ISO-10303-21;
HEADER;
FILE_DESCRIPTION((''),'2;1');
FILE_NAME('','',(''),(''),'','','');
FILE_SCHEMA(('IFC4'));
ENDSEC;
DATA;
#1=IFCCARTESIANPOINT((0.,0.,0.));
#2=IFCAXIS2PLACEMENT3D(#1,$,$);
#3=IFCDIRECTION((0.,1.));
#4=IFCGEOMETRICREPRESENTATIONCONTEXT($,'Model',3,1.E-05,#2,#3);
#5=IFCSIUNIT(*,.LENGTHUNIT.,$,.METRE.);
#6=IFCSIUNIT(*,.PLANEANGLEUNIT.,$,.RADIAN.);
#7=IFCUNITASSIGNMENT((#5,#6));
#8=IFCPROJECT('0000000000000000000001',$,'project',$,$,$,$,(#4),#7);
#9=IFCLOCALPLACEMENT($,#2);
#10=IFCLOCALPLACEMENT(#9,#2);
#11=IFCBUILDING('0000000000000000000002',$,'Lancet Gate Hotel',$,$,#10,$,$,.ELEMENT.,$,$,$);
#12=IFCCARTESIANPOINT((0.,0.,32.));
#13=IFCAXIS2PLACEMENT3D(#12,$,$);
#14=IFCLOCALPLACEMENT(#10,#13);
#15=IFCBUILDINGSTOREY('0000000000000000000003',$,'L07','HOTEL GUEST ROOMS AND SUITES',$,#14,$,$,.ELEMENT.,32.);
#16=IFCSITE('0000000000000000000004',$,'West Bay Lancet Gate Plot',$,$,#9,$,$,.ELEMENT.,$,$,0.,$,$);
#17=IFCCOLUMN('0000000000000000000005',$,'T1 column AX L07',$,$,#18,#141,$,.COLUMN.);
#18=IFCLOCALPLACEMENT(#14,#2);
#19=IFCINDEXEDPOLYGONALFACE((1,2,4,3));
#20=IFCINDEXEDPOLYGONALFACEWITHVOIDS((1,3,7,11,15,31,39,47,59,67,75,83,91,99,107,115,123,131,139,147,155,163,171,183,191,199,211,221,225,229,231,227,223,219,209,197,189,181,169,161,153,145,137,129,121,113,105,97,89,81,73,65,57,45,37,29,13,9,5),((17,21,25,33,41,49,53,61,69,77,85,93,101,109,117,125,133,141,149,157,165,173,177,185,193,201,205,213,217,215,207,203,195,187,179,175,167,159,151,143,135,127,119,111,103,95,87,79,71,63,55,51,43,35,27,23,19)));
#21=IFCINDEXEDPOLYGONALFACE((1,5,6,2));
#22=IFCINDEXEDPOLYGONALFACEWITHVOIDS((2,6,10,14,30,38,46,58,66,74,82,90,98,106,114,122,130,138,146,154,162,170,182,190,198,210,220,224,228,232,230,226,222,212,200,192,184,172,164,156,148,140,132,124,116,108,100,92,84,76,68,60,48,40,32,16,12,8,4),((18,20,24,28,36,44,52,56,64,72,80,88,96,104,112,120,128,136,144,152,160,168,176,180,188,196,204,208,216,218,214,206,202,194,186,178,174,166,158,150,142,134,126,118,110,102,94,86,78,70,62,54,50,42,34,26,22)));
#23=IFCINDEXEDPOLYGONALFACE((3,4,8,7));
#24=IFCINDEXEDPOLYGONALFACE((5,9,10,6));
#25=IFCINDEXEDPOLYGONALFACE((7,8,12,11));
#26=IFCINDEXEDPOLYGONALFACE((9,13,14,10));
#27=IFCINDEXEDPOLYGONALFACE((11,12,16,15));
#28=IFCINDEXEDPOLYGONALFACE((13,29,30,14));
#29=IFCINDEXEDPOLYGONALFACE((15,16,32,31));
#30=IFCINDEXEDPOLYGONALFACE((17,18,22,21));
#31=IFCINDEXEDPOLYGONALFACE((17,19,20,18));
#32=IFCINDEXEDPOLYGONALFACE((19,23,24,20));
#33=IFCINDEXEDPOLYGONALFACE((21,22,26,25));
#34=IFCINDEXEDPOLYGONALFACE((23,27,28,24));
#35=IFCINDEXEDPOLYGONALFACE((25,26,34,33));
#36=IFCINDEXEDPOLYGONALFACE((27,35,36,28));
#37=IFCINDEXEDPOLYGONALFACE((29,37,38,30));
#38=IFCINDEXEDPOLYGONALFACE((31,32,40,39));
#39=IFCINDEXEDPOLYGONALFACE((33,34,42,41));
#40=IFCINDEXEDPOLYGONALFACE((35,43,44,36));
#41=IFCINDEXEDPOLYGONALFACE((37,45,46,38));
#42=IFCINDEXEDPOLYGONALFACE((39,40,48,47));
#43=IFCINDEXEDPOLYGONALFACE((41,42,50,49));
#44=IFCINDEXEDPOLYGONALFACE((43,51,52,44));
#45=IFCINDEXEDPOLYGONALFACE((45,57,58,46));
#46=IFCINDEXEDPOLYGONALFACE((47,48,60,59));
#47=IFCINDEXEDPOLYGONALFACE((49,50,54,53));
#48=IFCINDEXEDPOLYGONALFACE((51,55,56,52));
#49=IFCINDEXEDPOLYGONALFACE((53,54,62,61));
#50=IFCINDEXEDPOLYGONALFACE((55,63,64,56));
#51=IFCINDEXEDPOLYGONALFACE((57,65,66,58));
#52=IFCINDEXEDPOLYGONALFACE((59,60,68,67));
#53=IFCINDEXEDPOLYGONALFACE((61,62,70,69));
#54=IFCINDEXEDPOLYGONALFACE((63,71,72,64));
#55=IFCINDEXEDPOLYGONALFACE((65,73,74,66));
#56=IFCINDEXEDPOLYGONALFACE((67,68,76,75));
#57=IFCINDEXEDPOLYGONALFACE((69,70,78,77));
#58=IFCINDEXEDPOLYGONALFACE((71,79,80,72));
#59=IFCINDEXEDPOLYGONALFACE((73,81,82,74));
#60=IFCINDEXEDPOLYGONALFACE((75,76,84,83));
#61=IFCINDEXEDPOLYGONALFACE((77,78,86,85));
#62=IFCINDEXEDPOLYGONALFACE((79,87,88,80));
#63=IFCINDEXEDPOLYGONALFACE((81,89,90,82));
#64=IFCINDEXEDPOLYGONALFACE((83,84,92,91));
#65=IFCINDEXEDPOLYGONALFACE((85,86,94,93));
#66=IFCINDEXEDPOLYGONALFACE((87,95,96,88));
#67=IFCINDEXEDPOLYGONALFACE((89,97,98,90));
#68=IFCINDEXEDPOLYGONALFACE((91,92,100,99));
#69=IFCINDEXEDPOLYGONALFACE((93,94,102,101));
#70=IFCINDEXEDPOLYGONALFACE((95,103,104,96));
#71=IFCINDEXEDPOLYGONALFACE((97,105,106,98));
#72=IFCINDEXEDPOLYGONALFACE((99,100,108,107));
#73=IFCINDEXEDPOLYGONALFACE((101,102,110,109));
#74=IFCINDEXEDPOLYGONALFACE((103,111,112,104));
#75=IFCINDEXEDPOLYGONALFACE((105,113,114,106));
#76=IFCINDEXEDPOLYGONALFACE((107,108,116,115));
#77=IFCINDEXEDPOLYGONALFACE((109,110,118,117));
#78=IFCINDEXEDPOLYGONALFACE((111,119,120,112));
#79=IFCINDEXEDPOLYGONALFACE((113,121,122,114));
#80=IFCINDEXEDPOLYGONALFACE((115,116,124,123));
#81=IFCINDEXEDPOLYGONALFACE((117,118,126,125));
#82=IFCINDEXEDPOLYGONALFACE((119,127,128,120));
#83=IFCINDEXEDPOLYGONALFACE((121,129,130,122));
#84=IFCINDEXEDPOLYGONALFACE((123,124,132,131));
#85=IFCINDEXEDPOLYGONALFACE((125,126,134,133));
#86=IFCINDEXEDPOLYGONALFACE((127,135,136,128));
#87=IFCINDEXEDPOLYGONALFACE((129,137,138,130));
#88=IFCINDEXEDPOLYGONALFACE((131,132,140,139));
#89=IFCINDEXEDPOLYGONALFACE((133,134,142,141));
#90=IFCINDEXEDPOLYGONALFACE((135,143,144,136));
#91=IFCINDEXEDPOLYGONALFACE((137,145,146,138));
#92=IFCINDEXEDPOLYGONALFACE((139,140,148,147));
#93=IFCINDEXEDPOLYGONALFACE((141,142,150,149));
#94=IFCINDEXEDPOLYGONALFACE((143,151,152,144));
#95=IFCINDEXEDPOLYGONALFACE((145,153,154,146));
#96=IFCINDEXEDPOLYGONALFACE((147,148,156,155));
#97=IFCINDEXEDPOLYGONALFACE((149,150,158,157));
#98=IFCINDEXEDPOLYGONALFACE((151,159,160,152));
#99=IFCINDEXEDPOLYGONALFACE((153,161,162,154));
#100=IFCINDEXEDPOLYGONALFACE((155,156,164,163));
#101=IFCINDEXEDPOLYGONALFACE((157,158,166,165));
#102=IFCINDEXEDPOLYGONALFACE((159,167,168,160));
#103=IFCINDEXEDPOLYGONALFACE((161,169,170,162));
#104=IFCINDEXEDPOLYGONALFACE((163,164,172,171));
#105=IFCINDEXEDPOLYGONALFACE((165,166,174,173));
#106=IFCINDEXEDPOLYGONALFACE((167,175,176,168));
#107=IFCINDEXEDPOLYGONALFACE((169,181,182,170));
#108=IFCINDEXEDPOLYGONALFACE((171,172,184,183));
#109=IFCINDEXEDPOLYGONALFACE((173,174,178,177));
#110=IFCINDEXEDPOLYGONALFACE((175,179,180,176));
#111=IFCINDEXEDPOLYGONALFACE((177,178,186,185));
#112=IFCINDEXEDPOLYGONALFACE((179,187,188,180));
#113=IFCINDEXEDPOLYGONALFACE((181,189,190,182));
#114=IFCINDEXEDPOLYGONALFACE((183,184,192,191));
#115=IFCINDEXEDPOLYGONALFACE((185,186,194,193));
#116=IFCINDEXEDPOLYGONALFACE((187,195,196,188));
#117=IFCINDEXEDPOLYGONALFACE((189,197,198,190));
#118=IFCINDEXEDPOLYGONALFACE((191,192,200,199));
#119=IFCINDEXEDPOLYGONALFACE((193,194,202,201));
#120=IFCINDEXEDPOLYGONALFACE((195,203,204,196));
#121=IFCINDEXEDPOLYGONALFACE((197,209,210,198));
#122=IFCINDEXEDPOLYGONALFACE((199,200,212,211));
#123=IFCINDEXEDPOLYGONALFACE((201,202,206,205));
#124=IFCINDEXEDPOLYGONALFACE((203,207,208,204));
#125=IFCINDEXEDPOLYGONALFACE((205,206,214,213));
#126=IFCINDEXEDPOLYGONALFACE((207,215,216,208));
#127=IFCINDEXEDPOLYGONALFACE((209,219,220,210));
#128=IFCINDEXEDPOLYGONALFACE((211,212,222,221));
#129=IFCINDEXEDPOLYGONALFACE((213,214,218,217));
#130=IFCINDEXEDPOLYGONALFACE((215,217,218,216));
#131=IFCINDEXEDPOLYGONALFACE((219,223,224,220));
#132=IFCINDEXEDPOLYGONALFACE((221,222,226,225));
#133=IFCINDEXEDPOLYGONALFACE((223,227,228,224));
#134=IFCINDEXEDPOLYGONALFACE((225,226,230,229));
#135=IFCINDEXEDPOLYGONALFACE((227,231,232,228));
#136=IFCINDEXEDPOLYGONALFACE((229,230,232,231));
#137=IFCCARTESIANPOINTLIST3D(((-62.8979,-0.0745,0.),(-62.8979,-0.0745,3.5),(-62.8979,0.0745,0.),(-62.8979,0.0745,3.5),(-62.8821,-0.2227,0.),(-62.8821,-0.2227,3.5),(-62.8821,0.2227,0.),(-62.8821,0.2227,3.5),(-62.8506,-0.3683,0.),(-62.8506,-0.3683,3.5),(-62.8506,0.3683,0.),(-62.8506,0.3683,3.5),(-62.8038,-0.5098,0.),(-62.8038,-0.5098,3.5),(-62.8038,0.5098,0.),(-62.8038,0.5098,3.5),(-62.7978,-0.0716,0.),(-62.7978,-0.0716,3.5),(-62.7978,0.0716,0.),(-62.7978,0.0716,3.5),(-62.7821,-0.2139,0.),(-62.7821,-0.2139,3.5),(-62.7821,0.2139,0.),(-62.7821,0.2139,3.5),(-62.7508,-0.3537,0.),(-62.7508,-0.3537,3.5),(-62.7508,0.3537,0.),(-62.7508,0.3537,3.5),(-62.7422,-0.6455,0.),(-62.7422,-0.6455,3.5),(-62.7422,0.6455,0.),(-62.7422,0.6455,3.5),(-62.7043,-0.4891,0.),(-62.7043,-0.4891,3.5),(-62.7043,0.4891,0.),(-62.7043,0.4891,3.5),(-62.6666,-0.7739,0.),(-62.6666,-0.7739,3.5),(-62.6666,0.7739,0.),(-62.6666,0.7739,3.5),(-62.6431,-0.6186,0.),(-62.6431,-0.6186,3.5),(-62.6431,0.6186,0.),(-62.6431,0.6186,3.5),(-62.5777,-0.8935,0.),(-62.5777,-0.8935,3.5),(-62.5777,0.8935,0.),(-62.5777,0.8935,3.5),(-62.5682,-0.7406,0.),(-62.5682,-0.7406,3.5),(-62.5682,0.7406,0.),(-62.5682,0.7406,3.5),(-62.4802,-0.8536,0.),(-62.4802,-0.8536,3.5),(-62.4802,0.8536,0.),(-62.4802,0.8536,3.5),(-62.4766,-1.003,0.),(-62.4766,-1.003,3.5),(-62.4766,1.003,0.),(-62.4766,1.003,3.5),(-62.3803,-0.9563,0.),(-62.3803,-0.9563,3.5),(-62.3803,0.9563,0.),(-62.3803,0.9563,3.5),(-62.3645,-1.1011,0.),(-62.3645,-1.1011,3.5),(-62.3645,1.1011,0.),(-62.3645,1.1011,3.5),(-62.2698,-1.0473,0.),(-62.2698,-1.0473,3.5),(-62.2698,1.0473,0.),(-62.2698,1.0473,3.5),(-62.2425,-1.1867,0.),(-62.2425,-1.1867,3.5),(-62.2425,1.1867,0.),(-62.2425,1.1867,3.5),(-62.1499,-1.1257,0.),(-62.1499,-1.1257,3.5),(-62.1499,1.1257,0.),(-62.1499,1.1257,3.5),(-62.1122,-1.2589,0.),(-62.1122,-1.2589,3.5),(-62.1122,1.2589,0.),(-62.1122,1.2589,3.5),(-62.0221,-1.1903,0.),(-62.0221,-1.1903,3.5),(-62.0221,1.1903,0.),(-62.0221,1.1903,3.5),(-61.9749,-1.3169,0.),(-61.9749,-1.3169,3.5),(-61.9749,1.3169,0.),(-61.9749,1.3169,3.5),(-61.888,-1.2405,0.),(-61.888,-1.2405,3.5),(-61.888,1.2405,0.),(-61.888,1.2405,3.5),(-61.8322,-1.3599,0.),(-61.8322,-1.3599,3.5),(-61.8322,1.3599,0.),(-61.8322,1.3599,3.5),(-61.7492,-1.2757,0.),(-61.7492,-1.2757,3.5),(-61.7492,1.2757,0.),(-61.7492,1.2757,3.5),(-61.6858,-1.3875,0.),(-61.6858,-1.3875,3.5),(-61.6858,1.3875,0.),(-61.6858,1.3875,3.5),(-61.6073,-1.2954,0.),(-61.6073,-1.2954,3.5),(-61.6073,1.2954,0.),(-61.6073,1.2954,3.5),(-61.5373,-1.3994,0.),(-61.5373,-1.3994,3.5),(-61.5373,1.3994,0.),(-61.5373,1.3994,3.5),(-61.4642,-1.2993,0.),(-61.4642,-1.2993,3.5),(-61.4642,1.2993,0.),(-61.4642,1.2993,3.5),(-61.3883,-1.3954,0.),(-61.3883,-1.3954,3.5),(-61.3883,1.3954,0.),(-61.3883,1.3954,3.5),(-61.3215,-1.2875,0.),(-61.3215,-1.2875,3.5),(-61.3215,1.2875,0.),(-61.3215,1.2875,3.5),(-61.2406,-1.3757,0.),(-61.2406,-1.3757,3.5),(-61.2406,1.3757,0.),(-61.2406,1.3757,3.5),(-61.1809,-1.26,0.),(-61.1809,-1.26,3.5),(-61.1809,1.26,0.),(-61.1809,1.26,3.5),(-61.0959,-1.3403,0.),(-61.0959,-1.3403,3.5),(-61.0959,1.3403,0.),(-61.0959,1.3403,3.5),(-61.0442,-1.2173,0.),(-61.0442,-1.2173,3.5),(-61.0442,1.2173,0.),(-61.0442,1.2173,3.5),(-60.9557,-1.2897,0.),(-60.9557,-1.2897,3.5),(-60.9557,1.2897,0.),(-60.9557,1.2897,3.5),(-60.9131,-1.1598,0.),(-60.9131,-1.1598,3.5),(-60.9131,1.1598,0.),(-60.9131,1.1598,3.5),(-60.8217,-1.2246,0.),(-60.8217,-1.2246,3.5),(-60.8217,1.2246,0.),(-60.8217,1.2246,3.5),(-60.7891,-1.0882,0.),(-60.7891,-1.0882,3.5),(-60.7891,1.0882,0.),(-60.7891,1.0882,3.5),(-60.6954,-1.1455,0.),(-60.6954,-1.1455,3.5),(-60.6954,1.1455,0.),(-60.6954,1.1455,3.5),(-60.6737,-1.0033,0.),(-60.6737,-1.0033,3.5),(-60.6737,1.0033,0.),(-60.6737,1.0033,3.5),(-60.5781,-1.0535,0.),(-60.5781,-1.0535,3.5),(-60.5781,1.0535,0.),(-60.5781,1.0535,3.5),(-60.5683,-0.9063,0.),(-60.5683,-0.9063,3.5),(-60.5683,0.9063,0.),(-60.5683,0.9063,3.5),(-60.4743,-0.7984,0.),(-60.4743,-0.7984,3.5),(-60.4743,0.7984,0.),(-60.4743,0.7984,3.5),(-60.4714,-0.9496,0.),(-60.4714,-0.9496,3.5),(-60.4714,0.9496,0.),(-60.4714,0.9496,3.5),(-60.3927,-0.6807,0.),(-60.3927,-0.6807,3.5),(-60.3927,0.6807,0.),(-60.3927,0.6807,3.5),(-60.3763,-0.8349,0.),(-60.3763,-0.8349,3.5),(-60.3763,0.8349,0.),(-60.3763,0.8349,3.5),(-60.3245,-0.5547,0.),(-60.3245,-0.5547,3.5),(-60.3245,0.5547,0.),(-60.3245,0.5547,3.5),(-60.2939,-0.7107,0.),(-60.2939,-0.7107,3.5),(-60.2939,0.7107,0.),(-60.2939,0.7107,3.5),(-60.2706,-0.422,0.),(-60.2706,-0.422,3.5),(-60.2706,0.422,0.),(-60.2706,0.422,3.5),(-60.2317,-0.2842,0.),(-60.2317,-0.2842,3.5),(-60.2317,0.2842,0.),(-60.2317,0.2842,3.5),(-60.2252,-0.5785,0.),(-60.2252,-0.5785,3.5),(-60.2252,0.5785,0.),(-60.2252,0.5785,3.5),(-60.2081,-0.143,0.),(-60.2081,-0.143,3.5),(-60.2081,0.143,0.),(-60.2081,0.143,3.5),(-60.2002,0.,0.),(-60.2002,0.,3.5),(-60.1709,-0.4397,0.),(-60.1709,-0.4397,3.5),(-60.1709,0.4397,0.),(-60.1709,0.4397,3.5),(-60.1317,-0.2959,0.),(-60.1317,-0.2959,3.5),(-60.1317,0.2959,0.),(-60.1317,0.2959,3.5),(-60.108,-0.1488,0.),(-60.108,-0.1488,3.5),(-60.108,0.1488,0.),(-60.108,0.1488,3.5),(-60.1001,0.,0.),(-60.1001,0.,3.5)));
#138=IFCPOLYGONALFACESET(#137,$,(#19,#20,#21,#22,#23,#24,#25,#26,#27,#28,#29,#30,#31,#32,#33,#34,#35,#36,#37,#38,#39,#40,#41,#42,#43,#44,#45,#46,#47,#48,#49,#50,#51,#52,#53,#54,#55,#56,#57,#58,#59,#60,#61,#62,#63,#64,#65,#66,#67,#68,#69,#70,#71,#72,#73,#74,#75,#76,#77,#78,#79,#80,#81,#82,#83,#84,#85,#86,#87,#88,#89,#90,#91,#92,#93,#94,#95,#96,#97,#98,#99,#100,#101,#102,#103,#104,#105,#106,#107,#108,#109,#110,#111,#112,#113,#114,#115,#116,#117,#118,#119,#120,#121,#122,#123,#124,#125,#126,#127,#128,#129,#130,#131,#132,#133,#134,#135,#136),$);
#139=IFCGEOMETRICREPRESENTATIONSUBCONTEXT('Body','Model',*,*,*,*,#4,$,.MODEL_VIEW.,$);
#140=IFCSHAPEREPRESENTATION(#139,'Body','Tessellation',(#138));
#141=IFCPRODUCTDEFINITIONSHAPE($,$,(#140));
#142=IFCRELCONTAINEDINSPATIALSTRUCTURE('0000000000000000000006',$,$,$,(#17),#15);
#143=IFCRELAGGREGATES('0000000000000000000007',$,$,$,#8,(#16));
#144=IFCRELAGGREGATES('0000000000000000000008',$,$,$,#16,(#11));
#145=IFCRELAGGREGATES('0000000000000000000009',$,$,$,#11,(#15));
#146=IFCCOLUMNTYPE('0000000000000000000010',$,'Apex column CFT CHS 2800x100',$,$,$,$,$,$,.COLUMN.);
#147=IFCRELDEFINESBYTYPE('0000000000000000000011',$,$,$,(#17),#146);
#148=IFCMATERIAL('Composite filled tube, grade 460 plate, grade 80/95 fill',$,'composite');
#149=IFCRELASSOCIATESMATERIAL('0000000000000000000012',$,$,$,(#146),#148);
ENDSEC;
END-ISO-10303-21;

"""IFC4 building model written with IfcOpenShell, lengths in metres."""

from ifc_helpers import new_model, si_unit, direction, frame, origin, origin_2d, place, context, subcontext, project, spatial, hollow_circle, extrude, material, material_profile, profile_set, type_object, element, save


model = new_model("IFC4")

# Units and contexts
model_context = context("Model", 3, precision=1e-05, world=origin(), true_north=direction((0.0, 1.0)))
body_context = subcontext(model_context, "Body", "Model", "MODEL_VIEW")
ifc_project = project(units=[si_unit("LENGTHUNIT", "METRE"), si_unit("PLANEANGLEUNIT", "RADIAN")], contexts=[model_context])

# Site, building, storey
site_placement = place(None, origin())
site = spatial("IfcSite", under=ifc_project, at=site_placement, Name="West Bay Lancet Gate Plot", CompositionType="ELEMENT", RefElevation=0.0)
building_placement = place(site_placement, origin())
building = spatial("IfcBuilding", under=site, at=building_placement, Name="Lancet Gate Hotel", CompositionType="ELEMENT")
storey_placement = place(building_placement, frame((0.0, 0.0, 32.0)))
storey = spatial("IfcBuildingStorey", under=building, at=storey_placement, Name="L07", Description="HOTEL GUEST ROOMS AND SUITES", CompositionType="ELEMENT", Elevation=32.0)

# Column
ifc_material_1 = material(Name="Composite filled tube, grade 460 plate, grade 80/95 fill", Category="composite")
ifc_material_profile_1 = material_profile(ifc_material_1, hollow_circle(Radius=1.3999, WallThickness=0.1001, at=origin_2d()), Name="CHS 2800x100")
ifc_profile_set_1 = profile_set([ifc_material_profile_1], Name="Composite filled tube, grade 460 plate, grade 80/95 fill")
column_type_1 = type_object("IfcColumnType", Name="Apex column CFT CHS 2800x100", PredefinedType="COLUMN", material=ifc_profile_set_1)
column_1_placement = place(storey_placement, frame((-61.5, 0.0, 0.0), z_axis=(0.0, 0.0, 1.0), x_axis=(1.0, 0.0, 0.0)))
element("IfcColumn", 1, at=column_1_placement, inside=storey, type_object=column_type_1, Name="T1 column AX L07", PredefinedType="COLUMN", context=body_context, shape_type="SweptSolid", body=[
    extrude(hollow_circle(Radius=1.3999, WallThickness=0.1001, at=origin_2d()), origin(), (0.0, 0.0, 1.0), 3.5),
])

save(model, "model.ifc")
